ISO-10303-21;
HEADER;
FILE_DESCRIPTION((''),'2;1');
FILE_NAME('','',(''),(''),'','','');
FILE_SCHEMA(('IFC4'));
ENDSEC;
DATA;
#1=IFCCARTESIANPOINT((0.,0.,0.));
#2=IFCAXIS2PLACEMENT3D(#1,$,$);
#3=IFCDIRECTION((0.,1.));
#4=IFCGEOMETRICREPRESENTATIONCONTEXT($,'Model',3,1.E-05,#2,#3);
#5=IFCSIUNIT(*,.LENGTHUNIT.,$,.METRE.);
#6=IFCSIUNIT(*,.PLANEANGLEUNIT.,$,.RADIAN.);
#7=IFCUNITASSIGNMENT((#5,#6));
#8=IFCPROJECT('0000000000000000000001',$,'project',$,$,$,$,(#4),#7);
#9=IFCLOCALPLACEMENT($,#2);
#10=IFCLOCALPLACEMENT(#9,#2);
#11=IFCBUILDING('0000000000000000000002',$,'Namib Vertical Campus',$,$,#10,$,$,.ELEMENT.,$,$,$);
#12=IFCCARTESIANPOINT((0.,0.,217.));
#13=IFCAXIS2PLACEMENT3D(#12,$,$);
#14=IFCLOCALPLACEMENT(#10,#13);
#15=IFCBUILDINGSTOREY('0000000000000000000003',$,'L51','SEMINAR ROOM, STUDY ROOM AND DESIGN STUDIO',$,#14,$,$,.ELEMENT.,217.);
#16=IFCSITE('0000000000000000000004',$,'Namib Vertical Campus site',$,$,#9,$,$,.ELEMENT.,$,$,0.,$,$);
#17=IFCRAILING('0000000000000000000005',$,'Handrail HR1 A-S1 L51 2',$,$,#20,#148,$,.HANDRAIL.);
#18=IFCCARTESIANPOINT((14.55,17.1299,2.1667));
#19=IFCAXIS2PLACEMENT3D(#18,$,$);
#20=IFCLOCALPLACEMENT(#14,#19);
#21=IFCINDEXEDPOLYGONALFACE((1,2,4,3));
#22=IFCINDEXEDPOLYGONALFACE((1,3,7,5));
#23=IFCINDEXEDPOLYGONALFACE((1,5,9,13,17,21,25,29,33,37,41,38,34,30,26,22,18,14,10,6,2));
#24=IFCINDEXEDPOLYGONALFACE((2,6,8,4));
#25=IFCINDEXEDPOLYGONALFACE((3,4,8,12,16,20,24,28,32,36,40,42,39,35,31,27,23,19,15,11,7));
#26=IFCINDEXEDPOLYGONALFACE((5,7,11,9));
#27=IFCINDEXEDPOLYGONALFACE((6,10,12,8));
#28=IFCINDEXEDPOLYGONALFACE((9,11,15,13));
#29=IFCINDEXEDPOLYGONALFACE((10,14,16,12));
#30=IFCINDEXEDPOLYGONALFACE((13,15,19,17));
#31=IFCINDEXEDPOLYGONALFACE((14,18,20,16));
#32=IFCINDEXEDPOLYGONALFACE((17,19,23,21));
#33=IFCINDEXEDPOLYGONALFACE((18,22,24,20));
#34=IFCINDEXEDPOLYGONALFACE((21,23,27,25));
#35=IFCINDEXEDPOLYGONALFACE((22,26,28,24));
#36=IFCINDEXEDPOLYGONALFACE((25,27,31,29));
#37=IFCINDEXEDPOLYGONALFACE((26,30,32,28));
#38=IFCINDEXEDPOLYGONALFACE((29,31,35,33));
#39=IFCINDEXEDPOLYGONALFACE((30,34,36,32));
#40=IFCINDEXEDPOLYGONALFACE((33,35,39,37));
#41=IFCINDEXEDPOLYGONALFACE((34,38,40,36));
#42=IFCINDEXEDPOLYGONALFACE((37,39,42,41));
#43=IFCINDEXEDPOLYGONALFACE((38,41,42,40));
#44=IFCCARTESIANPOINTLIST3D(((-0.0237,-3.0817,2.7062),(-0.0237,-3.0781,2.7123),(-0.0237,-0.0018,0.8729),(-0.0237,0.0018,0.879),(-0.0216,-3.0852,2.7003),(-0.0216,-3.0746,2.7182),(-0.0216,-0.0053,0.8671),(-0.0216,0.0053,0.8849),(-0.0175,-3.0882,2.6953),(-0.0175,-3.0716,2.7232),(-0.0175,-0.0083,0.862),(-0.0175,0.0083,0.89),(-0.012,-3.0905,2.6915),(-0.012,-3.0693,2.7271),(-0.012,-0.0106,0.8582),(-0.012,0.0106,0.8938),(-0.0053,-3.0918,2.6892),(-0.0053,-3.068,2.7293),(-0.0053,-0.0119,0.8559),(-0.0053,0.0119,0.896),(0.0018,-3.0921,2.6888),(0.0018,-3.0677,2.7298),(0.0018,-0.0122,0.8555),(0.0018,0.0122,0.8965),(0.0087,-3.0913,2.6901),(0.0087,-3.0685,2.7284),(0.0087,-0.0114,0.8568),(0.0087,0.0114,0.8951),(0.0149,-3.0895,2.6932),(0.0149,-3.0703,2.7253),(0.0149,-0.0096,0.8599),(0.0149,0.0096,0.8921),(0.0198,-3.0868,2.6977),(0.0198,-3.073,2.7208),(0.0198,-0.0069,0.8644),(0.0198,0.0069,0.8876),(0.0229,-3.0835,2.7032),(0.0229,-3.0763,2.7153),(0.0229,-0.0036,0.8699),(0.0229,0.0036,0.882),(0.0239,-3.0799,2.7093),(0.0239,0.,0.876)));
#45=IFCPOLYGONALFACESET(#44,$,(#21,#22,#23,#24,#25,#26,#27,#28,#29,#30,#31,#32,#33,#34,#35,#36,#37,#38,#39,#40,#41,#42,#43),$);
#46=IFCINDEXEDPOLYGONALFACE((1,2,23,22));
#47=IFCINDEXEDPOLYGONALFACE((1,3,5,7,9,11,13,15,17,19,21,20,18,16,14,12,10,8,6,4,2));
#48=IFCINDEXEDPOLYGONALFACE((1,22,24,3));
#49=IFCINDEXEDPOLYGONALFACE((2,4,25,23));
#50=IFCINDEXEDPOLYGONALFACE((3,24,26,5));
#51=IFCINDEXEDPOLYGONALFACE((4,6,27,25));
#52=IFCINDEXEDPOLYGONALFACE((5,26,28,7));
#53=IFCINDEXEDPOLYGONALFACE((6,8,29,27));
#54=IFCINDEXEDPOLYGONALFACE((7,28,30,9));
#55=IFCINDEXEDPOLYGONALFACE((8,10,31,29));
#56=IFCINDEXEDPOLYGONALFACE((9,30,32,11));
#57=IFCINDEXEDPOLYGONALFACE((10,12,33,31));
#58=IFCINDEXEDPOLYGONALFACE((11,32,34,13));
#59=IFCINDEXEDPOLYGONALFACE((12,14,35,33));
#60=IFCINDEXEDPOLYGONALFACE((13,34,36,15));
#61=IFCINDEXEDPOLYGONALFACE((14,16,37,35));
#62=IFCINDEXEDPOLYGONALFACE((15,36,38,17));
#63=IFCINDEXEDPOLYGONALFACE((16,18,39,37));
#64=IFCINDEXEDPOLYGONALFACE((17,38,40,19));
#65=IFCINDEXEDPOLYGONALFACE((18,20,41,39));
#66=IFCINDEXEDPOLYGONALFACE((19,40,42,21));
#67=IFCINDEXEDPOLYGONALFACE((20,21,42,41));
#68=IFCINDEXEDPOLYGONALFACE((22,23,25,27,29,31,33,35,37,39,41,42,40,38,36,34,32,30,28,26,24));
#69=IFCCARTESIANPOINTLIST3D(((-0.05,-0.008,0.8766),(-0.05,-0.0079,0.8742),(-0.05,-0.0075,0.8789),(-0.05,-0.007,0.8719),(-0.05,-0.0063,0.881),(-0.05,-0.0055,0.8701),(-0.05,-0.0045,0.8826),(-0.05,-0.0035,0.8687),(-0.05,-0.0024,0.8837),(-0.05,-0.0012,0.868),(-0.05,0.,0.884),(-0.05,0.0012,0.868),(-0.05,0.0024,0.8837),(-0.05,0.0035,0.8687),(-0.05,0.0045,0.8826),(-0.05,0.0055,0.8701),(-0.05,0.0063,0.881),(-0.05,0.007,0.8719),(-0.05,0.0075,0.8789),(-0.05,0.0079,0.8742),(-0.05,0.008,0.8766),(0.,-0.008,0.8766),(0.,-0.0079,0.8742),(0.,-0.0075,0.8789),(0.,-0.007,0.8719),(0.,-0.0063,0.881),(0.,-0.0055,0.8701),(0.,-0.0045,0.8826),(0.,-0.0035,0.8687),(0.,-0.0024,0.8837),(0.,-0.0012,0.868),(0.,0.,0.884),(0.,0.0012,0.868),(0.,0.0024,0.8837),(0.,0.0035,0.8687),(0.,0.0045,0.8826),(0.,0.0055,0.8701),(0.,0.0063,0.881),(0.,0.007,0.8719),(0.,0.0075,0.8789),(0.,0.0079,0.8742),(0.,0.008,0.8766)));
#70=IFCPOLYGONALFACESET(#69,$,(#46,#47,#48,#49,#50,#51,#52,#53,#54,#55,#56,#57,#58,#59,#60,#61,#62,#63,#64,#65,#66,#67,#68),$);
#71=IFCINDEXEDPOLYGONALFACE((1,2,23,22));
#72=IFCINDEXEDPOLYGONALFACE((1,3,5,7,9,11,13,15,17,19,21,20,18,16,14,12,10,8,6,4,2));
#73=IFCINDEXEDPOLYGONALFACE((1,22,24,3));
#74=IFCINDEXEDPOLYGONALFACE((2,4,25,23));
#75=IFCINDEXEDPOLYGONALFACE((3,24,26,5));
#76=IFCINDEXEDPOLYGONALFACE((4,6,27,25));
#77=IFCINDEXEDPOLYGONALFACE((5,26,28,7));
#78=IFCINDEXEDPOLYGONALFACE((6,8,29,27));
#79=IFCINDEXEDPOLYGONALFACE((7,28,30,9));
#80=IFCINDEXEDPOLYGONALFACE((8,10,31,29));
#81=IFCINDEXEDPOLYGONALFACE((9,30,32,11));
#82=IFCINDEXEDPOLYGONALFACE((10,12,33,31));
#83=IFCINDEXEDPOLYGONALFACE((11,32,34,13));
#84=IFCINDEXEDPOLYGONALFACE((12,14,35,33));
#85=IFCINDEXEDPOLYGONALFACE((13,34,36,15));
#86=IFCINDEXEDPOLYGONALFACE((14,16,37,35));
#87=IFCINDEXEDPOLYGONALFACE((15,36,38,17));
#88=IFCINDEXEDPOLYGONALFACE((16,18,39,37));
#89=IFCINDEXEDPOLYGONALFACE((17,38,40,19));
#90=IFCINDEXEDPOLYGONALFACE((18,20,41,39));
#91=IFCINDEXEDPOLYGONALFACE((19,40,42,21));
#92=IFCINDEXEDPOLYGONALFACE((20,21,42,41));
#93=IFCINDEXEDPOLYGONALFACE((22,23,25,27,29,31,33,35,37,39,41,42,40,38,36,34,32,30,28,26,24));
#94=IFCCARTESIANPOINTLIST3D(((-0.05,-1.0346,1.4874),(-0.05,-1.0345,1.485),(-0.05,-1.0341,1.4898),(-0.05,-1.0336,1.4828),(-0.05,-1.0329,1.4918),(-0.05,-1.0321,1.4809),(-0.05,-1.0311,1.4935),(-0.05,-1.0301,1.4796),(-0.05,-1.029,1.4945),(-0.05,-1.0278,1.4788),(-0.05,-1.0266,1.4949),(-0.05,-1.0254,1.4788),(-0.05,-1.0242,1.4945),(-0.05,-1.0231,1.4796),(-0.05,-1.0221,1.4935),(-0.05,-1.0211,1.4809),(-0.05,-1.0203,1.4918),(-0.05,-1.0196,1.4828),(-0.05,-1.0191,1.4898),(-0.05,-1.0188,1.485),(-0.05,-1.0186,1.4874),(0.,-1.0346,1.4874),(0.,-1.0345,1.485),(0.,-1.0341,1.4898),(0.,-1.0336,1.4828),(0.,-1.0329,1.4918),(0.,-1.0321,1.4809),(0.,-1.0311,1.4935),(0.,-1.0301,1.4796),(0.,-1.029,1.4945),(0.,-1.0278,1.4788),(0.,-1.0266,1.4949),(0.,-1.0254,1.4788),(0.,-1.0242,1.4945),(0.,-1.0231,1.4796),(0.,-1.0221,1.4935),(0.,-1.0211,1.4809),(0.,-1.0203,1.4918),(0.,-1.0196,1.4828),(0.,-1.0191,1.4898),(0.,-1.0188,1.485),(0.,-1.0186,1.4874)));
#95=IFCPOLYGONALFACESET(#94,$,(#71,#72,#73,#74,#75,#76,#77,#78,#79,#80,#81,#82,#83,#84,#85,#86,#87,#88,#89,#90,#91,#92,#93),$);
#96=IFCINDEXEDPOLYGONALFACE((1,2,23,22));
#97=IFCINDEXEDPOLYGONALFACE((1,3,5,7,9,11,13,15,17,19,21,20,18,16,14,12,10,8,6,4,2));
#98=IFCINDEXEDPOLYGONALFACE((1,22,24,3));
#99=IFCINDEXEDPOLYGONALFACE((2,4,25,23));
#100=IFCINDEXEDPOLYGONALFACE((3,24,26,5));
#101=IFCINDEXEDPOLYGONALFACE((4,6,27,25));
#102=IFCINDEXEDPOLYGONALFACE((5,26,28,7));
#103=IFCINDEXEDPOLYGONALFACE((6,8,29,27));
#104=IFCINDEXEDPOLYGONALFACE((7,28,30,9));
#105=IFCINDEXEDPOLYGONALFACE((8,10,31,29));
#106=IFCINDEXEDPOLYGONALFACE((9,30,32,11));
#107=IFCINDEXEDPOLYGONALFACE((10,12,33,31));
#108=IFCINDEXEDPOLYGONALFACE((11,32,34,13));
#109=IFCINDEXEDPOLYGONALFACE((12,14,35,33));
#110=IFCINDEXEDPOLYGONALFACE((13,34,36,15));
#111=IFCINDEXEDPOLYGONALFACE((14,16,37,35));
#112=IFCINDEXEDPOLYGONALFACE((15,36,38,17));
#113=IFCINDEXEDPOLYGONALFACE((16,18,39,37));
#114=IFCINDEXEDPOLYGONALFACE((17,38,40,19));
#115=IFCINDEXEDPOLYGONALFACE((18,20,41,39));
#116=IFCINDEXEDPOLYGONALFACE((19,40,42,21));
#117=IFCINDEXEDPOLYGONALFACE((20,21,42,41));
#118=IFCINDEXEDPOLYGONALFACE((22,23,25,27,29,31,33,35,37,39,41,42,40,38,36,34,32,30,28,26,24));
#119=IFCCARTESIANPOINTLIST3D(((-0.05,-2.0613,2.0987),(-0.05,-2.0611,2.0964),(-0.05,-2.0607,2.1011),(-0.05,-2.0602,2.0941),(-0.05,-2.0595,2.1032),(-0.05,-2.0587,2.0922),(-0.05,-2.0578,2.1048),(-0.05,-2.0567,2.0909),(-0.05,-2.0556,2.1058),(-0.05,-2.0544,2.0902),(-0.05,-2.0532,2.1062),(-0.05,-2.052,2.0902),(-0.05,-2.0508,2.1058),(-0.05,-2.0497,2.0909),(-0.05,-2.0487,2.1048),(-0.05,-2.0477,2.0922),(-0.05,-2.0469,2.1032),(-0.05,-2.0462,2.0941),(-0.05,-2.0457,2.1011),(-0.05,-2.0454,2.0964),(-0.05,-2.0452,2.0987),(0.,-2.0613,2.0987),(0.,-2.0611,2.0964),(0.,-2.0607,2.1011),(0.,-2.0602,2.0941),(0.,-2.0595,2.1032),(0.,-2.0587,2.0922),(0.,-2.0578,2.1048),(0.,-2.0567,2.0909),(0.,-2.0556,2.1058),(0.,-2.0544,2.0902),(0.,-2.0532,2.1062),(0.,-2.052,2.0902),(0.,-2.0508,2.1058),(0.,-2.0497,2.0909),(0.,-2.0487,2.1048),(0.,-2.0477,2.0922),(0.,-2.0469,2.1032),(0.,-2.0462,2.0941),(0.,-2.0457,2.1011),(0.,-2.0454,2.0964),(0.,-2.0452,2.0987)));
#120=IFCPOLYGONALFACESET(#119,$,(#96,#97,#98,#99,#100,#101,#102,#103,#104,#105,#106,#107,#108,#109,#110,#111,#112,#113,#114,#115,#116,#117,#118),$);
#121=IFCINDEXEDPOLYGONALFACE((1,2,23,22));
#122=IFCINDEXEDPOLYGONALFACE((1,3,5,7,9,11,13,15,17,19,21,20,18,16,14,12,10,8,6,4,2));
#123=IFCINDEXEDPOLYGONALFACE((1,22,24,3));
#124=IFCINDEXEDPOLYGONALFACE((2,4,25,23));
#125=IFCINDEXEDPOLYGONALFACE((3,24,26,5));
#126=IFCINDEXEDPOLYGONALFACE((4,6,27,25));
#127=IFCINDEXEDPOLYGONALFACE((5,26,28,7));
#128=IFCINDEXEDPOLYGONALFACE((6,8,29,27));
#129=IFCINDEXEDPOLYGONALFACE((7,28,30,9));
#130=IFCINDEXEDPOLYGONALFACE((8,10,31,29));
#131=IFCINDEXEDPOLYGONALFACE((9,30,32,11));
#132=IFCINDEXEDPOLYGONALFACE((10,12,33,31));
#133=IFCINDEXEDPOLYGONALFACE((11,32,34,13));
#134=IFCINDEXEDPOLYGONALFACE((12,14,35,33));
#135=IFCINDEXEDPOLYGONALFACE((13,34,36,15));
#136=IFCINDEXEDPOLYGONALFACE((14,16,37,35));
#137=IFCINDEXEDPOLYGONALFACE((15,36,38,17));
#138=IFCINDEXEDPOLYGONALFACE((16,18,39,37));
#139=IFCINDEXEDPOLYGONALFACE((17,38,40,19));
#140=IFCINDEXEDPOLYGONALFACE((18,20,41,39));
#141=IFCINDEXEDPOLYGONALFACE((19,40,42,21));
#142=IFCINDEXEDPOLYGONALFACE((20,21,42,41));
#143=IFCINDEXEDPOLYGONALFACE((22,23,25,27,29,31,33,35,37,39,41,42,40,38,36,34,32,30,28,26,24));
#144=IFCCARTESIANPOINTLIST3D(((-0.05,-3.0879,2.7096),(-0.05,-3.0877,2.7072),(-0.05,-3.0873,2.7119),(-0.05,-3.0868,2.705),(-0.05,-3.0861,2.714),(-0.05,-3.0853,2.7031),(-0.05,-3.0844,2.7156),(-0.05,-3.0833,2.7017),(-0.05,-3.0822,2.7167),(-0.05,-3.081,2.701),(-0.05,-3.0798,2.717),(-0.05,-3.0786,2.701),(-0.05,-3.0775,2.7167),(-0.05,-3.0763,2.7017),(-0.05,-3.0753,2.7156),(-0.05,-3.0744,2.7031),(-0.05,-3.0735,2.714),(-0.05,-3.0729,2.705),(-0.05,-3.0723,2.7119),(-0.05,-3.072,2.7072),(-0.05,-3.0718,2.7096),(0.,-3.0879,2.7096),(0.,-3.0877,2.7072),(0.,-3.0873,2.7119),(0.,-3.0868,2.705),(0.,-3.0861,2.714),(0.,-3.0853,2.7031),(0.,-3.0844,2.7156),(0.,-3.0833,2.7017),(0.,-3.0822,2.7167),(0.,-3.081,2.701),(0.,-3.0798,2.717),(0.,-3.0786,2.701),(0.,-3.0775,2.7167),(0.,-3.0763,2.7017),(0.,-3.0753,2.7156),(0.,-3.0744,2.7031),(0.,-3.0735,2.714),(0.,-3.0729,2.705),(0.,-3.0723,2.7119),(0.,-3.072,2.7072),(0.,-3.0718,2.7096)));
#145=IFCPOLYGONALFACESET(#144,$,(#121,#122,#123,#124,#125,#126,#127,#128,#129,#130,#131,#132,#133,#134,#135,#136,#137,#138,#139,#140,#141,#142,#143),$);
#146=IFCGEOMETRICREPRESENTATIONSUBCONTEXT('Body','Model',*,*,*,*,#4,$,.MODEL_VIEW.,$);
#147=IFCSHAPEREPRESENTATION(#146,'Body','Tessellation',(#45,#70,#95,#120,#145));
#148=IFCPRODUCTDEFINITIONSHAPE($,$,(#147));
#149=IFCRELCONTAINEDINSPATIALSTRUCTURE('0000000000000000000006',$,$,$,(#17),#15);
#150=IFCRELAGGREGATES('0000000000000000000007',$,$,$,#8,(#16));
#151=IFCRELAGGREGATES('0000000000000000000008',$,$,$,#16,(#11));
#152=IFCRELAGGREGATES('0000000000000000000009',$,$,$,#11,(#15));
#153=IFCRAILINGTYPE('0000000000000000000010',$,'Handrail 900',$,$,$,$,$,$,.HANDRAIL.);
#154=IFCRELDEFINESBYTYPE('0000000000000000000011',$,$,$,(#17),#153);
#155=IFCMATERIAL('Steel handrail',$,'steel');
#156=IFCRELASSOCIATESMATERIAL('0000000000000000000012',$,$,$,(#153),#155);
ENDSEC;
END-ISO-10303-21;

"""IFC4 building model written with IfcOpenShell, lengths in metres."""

from ifc_helpers import new_model, si_unit, direction, frame, origin, origin_2d, place, context, subcontext, project, spatial, circle, extrude, material, type_object, element, save


model = new_model("IFC4")

# Units and contexts
model_context = context("Model", 3, precision=1e-05, world=origin(), true_north=direction((0.0, 1.0)))
body_context = subcontext(model_context, "Body", "Model", "MODEL_VIEW")
ifc_project = project(units=[si_unit("LENGTHUNIT", "METRE"), si_unit("PLANEANGLEUNIT", "RADIAN")], contexts=[model_context])

# Site, building, storey
site_placement = place(None, origin())
site = spatial("IfcSite", under=ifc_project, at=site_placement, Name="Namib Vertical Campus site", CompositionType="ELEMENT", RefElevation=0.0)
building_placement = place(site_placement, origin())
building = spatial("IfcBuilding", under=site, at=building_placement, Name="Namib Vertical Campus", CompositionType="ELEMENT")
storey_placement = place(building_placement, frame((0.0, 0.0, 217.0)))
storey = spatial("IfcBuildingStorey", under=building, at=storey_placement, Name="L51", Description="SEMINAR ROOM, STUDY ROOM AND DESIGN STUDIO", CompositionType="ELEMENT", Elevation=217.0)

# Railing
ifc_material_1 = material(Name="Steel handrail", Category="steel")
railing_type = type_object("IfcRailingType", Name="Handrail 900", PredefinedType="HANDRAIL", material=ifc_material_1)
railing_placement = place(storey_placement, frame((14.55, 17.1299, 2.1667)))
element("IfcRailing", 1, at=railing_placement, inside=storey, type_object=railing_type, Name="Handrail HR1 A-S1 L51 2", PredefinedType="HANDRAIL", context=body_context, shape_type="SweptSolid", body=[
    extrude(circle(Radius=0.0239, at=origin_2d()), frame((0.0, 0.0, 0.876), z_axis=(0.0, -0.859291, 0.511487), x_axis=(1.0, 0.0, 0.0)), (0.0, 0.0, 1.0), 3.5842),
    extrude(circle(Radius=0.0081, at=origin_2d()), frame((0.0, 0.0, 0.876), z_axis=(-1.0, 0.0, 0.0), x_axis=(0.0, 0.0, 1.0)), (0.0, 0.0, 1.0), 0.05),
    extrude(circle(Radius=0.0081, at=origin_2d()), frame((0.0, -1.0266, 1.4868), z_axis=(-1.0, 0.0, 0.0), x_axis=(0.0, 0.0, 1.0)), (0.0, 0.0, 1.0), 0.05),
    extrude(circle(Radius=0.0081, at=origin_2d()), frame((0.0, -2.0532, 2.0981), z_axis=(-1.0, 0.0, 0.0), x_axis=(0.0, 0.0, 1.0)), (0.0, 0.0, 1.0), 0.05),
    extrude(circle(Radius=0.0081, at=origin_2d()), frame((0.0, -3.0798, 2.709), z_axis=(-1.0, 0.0, 0.0), x_axis=(0.0, 0.0, 1.0)), (0.0, 0.0, 1.0), 0.05),
])

save(model, "model.ifc")
